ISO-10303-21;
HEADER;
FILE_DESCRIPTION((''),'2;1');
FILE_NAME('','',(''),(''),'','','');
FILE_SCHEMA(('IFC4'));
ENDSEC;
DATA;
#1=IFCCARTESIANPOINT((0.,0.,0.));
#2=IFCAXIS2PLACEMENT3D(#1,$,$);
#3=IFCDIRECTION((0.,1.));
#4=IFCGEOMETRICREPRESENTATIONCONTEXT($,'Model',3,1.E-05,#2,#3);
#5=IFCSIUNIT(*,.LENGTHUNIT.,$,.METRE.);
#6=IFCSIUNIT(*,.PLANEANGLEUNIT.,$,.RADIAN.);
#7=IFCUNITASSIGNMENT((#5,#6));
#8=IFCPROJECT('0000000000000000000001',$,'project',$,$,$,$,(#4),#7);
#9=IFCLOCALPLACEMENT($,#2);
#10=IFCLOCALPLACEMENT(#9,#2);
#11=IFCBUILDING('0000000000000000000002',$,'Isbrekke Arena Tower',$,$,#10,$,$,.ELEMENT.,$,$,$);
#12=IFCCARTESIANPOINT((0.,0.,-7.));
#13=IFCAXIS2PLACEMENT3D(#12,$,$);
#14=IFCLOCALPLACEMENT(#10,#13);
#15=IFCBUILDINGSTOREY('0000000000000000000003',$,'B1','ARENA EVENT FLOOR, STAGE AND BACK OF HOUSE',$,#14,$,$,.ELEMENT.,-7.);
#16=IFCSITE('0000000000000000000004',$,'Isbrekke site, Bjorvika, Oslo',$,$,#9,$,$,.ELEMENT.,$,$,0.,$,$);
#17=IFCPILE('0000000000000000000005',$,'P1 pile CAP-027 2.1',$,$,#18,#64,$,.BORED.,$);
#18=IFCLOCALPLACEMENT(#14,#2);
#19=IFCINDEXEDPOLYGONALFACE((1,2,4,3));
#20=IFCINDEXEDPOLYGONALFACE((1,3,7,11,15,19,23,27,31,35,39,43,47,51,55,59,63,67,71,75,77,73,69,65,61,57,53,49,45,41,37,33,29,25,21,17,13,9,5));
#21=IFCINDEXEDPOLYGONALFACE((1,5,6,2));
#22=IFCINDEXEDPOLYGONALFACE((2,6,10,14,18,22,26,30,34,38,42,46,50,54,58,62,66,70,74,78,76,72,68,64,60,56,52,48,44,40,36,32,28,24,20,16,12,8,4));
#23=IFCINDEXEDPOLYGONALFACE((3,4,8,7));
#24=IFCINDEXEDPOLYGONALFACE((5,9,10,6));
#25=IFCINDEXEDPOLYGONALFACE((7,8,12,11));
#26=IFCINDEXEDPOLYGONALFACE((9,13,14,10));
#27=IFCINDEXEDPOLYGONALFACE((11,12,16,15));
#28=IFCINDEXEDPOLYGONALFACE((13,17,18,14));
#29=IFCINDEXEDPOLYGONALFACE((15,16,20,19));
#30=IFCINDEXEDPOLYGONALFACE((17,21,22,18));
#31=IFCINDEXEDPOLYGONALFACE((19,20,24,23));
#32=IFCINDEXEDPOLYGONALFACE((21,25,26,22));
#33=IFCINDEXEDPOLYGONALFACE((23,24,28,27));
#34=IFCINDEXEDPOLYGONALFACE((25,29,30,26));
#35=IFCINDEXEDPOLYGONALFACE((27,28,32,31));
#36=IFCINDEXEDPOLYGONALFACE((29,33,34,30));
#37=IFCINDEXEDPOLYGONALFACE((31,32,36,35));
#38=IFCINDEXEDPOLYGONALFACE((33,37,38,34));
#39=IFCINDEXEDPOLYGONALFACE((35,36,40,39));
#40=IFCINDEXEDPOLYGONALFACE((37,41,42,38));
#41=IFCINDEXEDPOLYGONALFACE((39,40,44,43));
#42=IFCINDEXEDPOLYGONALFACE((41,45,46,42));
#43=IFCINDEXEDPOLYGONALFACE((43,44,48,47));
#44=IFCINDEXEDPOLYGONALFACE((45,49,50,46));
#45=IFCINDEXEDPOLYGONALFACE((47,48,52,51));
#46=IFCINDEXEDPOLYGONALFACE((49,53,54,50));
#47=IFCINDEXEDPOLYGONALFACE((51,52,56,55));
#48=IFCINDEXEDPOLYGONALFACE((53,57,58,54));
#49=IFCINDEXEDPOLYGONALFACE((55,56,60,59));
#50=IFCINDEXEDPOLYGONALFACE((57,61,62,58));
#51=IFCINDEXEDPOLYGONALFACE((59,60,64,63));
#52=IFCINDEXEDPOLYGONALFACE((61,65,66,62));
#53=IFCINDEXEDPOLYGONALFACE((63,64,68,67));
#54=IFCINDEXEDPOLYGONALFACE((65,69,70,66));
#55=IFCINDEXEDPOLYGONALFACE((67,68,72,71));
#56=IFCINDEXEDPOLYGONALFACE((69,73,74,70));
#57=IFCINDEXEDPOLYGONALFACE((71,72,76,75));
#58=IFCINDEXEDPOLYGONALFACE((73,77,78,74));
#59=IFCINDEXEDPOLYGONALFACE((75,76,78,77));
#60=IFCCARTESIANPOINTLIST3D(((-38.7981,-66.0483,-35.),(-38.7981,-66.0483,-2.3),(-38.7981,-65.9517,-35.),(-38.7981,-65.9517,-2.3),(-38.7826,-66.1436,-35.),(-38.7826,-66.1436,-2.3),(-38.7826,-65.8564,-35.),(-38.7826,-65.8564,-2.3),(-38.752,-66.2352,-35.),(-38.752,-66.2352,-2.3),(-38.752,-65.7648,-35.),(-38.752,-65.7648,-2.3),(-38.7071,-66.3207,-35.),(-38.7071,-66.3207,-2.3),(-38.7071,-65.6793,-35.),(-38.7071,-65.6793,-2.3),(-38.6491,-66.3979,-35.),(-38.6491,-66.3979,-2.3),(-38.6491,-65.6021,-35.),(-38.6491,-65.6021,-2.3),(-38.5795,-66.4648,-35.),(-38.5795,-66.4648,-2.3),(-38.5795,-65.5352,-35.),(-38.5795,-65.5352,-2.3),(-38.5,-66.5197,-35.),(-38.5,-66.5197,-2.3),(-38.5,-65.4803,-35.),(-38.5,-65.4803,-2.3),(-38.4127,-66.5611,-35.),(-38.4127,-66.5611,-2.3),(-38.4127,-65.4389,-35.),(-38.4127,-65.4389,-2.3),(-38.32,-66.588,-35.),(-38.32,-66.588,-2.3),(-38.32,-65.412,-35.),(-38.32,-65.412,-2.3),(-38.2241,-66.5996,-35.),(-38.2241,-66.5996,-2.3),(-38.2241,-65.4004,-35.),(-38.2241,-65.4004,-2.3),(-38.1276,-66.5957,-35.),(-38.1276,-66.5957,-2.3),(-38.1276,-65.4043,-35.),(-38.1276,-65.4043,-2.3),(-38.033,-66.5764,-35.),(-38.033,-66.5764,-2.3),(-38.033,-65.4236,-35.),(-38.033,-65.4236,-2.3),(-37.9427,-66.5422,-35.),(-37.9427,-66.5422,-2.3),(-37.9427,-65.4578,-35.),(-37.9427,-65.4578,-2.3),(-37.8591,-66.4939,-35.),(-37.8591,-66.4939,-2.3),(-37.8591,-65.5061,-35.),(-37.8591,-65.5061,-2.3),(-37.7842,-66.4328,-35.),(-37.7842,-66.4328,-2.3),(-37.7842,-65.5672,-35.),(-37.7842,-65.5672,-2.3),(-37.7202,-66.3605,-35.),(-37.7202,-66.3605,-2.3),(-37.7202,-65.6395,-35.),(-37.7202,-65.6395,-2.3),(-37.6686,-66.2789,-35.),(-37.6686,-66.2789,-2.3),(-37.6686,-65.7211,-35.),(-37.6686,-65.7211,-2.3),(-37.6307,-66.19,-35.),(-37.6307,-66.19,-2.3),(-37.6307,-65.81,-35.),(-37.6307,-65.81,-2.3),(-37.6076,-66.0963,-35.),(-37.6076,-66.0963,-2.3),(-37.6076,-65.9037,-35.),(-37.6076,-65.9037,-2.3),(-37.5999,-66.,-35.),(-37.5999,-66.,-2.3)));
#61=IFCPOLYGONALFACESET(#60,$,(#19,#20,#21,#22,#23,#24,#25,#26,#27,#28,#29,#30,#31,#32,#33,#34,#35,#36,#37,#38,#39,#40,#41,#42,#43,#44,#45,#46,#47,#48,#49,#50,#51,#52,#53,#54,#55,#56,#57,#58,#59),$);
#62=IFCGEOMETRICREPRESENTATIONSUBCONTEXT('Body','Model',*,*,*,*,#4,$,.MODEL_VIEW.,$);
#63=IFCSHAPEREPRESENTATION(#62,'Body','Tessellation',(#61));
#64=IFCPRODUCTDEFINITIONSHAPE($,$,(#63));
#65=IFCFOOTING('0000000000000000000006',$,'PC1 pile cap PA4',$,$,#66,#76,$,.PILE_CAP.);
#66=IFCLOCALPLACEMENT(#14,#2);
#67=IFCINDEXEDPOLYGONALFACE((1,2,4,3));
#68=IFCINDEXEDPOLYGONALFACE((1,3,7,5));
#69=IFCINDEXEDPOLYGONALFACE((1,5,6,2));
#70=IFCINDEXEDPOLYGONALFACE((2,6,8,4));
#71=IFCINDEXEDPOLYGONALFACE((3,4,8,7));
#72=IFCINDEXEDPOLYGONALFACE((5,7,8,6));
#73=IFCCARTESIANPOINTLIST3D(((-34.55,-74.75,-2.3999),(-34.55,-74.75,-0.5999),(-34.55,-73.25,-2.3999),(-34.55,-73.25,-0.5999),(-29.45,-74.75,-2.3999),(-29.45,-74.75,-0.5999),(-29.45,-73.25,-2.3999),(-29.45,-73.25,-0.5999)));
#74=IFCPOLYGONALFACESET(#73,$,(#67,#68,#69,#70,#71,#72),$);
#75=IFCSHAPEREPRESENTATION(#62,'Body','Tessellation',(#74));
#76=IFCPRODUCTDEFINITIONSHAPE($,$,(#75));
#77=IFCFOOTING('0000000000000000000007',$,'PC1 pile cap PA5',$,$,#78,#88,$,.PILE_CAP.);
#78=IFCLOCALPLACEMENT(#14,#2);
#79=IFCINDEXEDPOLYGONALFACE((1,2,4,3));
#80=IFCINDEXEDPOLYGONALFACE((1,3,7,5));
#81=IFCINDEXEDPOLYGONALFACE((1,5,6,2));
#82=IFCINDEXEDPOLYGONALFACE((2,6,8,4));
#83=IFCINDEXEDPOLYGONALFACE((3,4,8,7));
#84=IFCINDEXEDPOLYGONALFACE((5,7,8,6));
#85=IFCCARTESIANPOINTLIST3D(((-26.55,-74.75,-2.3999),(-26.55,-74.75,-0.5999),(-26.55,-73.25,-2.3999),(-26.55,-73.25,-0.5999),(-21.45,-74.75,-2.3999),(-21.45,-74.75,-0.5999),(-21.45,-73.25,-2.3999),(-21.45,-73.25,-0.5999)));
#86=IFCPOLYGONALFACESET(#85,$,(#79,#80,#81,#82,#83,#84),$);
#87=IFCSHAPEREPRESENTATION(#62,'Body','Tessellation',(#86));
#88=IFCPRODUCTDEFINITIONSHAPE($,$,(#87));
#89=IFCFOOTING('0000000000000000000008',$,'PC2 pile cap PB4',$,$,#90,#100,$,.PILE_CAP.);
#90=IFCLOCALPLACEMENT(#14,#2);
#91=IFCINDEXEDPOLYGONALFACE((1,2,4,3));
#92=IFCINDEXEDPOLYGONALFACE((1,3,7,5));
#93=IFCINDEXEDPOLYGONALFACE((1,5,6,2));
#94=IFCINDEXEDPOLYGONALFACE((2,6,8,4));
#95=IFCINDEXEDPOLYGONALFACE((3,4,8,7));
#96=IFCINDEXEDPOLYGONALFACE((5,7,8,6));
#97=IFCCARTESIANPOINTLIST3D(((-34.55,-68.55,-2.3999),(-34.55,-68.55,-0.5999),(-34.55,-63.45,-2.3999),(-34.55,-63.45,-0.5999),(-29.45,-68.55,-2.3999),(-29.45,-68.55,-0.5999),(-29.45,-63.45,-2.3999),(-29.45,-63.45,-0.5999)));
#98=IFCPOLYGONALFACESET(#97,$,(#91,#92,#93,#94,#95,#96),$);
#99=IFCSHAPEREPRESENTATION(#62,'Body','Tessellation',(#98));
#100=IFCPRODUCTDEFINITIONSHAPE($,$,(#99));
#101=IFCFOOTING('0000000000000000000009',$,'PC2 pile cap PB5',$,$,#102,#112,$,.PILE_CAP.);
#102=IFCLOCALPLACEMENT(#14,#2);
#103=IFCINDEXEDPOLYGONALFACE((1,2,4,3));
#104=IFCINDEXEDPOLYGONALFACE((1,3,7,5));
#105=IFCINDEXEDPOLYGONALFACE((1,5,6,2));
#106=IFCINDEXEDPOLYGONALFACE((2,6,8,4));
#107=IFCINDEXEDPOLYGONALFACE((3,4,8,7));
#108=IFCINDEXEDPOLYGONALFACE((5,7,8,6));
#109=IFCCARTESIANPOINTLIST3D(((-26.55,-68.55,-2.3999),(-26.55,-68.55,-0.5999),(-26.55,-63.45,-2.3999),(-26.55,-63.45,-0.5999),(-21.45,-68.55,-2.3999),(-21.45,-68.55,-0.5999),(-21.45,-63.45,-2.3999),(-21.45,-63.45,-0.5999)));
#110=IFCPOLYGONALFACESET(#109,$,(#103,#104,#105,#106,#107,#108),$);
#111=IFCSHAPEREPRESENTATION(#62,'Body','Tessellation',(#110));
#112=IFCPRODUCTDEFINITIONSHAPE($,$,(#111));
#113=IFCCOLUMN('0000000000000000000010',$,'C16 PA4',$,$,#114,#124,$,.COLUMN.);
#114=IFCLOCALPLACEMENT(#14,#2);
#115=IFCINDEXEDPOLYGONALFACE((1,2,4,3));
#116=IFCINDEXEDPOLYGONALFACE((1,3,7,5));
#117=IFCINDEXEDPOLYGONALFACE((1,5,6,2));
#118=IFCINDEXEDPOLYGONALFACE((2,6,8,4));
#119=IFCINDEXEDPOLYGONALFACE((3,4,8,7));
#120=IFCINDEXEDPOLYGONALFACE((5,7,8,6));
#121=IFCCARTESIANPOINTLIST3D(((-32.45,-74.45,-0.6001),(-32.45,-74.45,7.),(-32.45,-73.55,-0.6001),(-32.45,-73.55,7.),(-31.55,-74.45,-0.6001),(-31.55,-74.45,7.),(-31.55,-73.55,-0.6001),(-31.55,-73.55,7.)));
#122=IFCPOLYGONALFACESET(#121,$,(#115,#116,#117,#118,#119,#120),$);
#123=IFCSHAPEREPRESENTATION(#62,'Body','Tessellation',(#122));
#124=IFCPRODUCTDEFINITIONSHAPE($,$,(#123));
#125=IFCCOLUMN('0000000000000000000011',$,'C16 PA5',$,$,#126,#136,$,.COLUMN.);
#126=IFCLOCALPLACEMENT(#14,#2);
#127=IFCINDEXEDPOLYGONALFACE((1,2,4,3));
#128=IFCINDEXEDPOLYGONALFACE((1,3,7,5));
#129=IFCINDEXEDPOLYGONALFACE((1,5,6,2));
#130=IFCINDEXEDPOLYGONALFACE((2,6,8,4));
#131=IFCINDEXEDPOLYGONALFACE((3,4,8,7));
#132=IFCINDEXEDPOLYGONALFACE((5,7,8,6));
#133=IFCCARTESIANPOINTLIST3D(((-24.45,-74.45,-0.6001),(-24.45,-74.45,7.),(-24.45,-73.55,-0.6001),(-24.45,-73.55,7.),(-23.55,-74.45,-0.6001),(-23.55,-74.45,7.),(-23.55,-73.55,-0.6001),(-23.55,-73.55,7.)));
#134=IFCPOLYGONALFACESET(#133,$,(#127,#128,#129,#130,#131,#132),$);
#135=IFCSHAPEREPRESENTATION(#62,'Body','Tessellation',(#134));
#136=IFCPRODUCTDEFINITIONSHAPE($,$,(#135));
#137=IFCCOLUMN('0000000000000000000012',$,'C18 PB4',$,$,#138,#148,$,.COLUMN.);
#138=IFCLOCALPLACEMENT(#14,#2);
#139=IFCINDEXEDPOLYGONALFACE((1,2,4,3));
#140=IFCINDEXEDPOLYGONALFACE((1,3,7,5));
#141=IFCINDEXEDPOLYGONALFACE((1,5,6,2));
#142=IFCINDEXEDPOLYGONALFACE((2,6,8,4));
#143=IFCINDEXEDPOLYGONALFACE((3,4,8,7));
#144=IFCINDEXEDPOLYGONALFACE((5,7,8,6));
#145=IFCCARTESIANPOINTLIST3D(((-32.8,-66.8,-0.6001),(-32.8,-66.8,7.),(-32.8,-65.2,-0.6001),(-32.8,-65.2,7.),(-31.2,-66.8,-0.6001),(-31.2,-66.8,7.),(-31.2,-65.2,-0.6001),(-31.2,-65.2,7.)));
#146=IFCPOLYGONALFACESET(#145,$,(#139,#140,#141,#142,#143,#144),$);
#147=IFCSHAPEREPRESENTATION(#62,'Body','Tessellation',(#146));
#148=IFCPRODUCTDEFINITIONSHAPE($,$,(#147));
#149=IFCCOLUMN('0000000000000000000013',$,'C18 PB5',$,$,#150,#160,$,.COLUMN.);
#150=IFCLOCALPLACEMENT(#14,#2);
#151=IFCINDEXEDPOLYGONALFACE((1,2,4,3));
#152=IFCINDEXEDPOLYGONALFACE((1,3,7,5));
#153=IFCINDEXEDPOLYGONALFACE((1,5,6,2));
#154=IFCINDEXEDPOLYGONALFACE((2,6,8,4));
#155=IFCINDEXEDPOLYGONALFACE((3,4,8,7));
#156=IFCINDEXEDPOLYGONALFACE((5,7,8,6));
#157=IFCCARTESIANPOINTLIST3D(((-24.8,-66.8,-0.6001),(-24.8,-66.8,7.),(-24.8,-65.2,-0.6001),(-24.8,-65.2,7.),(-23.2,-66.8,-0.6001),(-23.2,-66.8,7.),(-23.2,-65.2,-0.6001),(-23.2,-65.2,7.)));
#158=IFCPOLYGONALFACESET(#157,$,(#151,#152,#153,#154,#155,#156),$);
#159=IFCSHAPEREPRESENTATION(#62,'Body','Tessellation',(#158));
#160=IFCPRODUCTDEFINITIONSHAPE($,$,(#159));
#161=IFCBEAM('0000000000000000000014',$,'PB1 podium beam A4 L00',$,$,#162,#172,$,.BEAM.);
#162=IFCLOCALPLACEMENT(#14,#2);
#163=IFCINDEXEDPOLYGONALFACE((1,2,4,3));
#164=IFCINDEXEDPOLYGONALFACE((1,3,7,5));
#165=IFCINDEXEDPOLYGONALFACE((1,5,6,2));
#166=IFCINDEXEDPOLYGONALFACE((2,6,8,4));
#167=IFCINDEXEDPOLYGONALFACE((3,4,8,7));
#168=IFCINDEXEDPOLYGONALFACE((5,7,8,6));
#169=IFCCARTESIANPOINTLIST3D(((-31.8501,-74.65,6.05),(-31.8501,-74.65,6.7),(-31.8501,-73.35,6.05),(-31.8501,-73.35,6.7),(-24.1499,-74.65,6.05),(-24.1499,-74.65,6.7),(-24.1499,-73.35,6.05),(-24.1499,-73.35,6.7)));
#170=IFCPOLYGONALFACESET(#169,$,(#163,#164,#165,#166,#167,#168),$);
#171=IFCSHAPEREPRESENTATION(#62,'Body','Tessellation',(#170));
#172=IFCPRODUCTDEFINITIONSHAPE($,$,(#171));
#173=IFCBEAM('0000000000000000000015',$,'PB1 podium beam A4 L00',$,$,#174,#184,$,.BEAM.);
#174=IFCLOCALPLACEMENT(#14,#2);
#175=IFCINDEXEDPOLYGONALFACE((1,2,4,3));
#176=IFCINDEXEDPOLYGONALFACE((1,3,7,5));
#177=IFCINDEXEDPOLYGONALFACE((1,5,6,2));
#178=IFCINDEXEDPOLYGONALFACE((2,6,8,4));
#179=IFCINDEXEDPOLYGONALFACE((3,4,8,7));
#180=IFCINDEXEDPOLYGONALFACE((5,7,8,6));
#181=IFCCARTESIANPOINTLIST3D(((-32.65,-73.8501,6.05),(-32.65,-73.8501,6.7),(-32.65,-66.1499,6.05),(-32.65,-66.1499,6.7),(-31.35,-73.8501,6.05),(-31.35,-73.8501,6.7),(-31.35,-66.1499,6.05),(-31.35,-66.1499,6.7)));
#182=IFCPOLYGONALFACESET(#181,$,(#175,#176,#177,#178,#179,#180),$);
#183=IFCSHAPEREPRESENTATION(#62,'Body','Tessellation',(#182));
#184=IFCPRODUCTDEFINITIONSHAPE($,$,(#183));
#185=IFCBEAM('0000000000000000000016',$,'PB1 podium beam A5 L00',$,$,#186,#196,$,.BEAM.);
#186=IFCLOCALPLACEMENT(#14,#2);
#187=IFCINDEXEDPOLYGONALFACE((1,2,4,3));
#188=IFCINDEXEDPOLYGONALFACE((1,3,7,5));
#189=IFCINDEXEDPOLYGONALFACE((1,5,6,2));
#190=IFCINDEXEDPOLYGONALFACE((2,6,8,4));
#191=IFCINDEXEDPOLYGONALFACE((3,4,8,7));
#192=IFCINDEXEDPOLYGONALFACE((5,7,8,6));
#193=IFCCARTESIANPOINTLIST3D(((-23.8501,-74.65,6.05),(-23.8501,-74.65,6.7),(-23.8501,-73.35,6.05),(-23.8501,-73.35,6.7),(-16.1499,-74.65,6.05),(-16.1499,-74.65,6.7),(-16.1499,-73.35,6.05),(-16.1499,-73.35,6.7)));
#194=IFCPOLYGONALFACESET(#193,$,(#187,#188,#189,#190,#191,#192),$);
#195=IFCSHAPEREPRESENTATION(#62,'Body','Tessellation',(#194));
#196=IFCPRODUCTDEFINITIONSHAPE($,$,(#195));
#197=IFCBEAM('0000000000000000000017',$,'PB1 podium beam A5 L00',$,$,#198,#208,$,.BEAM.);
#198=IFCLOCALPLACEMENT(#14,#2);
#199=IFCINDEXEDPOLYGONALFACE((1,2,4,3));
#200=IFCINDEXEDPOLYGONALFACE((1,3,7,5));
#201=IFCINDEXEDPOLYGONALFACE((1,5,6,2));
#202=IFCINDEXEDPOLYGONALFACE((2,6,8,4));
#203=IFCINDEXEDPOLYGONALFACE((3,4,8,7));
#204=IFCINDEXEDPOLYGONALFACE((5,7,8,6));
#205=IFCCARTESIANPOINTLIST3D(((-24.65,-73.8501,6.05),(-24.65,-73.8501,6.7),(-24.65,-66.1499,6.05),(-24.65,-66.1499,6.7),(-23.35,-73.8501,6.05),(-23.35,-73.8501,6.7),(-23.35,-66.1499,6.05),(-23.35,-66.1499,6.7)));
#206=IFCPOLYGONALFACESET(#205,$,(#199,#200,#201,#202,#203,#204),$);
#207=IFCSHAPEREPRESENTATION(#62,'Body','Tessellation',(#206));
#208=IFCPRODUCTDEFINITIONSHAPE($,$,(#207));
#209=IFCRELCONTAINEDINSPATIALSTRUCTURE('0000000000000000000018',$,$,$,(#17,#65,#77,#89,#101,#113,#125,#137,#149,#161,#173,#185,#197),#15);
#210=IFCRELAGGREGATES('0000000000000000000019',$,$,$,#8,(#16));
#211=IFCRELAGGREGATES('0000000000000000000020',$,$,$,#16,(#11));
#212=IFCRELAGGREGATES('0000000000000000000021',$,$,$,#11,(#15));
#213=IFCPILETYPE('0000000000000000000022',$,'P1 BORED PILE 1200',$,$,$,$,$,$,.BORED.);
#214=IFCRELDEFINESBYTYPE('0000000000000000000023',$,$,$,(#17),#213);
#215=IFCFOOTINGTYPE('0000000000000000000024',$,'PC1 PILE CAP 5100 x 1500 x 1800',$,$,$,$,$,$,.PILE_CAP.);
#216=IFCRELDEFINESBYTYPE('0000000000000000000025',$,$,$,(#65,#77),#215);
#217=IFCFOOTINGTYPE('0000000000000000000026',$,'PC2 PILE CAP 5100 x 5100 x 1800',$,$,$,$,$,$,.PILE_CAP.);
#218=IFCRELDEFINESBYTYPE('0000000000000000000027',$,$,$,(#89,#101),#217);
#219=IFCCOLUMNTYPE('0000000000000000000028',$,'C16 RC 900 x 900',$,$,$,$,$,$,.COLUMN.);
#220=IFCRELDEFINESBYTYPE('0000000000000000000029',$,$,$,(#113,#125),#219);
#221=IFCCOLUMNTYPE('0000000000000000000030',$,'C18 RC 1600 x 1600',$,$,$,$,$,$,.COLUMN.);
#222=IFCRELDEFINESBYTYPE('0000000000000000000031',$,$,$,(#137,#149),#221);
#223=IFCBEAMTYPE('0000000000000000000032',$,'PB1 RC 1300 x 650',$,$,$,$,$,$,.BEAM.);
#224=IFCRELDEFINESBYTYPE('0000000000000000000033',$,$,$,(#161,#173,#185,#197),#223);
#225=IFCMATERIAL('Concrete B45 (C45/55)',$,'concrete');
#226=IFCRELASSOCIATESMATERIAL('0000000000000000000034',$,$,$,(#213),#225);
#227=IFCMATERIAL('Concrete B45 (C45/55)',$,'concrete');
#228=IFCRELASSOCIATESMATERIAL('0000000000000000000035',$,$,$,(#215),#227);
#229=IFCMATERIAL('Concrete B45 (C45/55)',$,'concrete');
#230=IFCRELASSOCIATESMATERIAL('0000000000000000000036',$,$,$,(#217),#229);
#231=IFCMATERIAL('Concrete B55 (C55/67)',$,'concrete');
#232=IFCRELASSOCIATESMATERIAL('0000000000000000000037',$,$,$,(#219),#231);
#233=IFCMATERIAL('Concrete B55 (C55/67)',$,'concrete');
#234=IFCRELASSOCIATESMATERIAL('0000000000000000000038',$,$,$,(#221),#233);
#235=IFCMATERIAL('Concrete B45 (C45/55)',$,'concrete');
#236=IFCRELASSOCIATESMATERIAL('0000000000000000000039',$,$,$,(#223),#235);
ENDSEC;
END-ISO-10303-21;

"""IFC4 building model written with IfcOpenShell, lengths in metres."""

from ifc_helpers import new_model, si_unit, direction, frame, origin, origin_2d, place, context, subcontext, project, spatial, rectangle, circle, extrude, material, material_profile, profile_set, type_object, element, save


model = new_model("IFC4")

# Units and contexts
model_context = context("Model", 3, precision=1e-05, world=origin(), true_north=direction((0.0, 1.0)))
body_context = subcontext(model_context, "Body", "Model", "MODEL_VIEW")
ifc_project = project(units=[si_unit("LENGTHUNIT", "METRE"), si_unit("PLANEANGLEUNIT", "RADIAN")], contexts=[model_context])

# Site, building, storey
site_placement = place(None, origin())
site = spatial("IfcSite", under=ifc_project, at=site_placement, Name="Isbrekke site, Bjorvika, Oslo", CompositionType="ELEMENT", RefElevation=0.0)
building_placement = place(site_placement, origin())
building = spatial("IfcBuilding", under=site, at=building_placement, Name="Isbrekke Arena Tower", CompositionType="ELEMENT")
storey_placement = place(building_placement, frame((0.0, 0.0, -7.0)))
storey = spatial("IfcBuildingStorey", under=building, at=storey_placement, Name="B1", Description="ARENA EVENT FLOOR, STAGE AND BACK OF HOUSE", CompositionType="ELEMENT", Elevation=-7.0)

# Pile
ifc_material_1 = material(Name="Concrete B45 (C45/55)", Category="concrete")
ifc_material_profile_1 = material_profile(ifc_material_1, circle(Radius=0.6001, at=origin_2d()), Name="BORED PILE D1200")
ifc_profile_set_1 = profile_set([ifc_material_profile_1], Name="Concrete B45 (C45/55)")
pile_type = type_object("IfcPileType", Name="P1 BORED PILE 1200", PredefinedType="BORED", material=ifc_profile_set_1)
for number, where, z_axis, x_axis, name in (
    (1, (-38.2, -66.0, -2.3), (0.0, 0.0, -1.0), (1.0, 0.0, 0.0), "P1 pile CAP-027 2.1"),
):
    element("IfcPile", number, at=place(storey_placement, frame(where, z_axis=z_axis, x_axis=x_axis)), inside=storey, type_object=pile_type, Name=name, PredefinedType="BORED", context=body_context, shape_type="SweptSolid", body=[
        extrude(circle(Radius=0.6001, at=origin_2d()), origin(), (0.0, 0.0, 1.0), 32.7),
    ])

# Footings
ifc_material_2 = material(Name="Concrete B45 (C45/55)", Category="concrete")
footing_type_1 = type_object("IfcFootingType", Name="PC1 PILE CAP 5100 x 1500 x 1800", PredefinedType="PILE_CAP", material=ifc_material_2)
for number, where, z_axis, x_axis, name in (
    (2, (-32.0, -74.0, -2.3999), (0.0, 0.0, 1.0), (1.0, 0.0, 0.0), "PC1 pile cap PA4"),
    (3, (-24.0, -74.0, -2.3999), (0.0, 0.0, 1.0), (1.0, 0.0, 0.0), "PC1 pile cap PA5"),
):
    element("IfcFooting", number, at=place(storey_placement, frame(where, z_axis=z_axis, x_axis=x_axis)), inside=storey, type_object=footing_type_1, Name=name, PredefinedType="PILE_CAP", context=body_context, shape_type="SweptSolid", body=[
        extrude(rectangle(XDim=5.1001, YDim=1.5, at=origin_2d()), origin(), (0.0, 0.0, 1.0), 1.8),
    ])
ifc_material_3 = material(Name="Concrete B45 (C45/55)", Category="concrete")
footing_type_2 = type_object("IfcFootingType", Name="PC2 PILE CAP 5100 x 5100 x 1800", PredefinedType="PILE_CAP", material=ifc_material_3)
for number, where, z_axis, x_axis, name in (
    (4, (-32.0, -66.0, -2.3999), (0.0, 0.0, 1.0), (1.0, 0.0, 0.0), "PC2 pile cap PB4"),
    (5, (-24.0, -66.0, -2.3999), (0.0, 0.0, 1.0), (1.0, 0.0, 0.0), "PC2 pile cap PB5"),
):
    element("IfcFooting", number, at=place(storey_placement, frame(where, z_axis=z_axis, x_axis=x_axis)), inside=storey, type_object=footing_type_2, Name=name, PredefinedType="PILE_CAP", context=body_context, shape_type="SweptSolid", body=[
        extrude(rectangle(XDim=5.1001, YDim=5.1001, at=origin_2d()), origin(), (0.0, 0.0, 1.0), 1.8),
    ])

# Columns
ifc_material_4 = material(Name="Concrete B55 (C55/67)", Category="concrete")
ifc_material_profile_2 = material_profile(ifc_material_4, rectangle(XDim=0.8999, YDim=0.8999, at=origin_2d()), Name="RC 900x900")
ifc_profile_set_2 = profile_set([ifc_material_profile_2], Name="Concrete B55 (C55/67)")
column_type_1 = type_object("IfcColumnType", Name="C16 RC 900 x 900", PredefinedType="COLUMN", material=ifc_profile_set_2)
for number, where, z_axis, x_axis, name in (
    (6, (-32.0, -74.0, -0.6001), (0.0, 0.0, 1.0), (1.0, 0.0, 0.0), "C16 PA4"),
    (7, (-24.0, -74.0, -0.6001), (0.0, 0.0, 1.0), (1.0, 0.0, 0.0), "C16 PA5"),
):
    element("IfcColumn", number, at=place(storey_placement, frame(where, z_axis=z_axis, x_axis=x_axis)), inside=storey, type_object=column_type_1, Name=name, PredefinedType="COLUMN", context=body_context, shape_type="SweptSolid", body=[
        extrude(rectangle(XDim=0.8999, YDim=0.8999, at=origin_2d()), origin(), (0.0, 0.0, 1.0), 7.6001),
    ])
ifc_material_5 = material(Name="Concrete B55 (C55/67)", Category="concrete")
ifc_material_profile_3 = material_profile(ifc_material_5, rectangle(XDim=1.6001, YDim=1.6001, at=origin_2d()), Name="RC 1600x1600")
ifc_profile_set_3 = profile_set([ifc_material_profile_3], Name="Concrete B55 (C55/67)")
column_type_2 = type_object("IfcColumnType", Name="C18 RC 1600 x 1600", PredefinedType="COLUMN", material=ifc_profile_set_3)
for number, where, z_axis, x_axis, name in (
    (8, (-32.0, -66.0, -0.6001), (0.0, 0.0, 1.0), (1.0, 0.0, 0.0), "C18 PB4"),
    (9, (-24.0, -66.0, -0.6001), (0.0, 0.0, 1.0), (1.0, 0.0, 0.0), "C18 PB5"),
):
    element("IfcColumn", number, at=place(storey_placement, frame(where, z_axis=z_axis, x_axis=x_axis)), inside=storey, type_object=column_type_2, Name=name, PredefinedType="COLUMN", context=body_context, shape_type="SweptSolid", body=[
        extrude(rectangle(XDim=1.6001, YDim=1.6001, at=origin_2d()), origin(), (0.0, 0.0, 1.0), 7.6001),
    ])

# Beams
ifc_material_6 = material(Name="Concrete B45 (C45/55)", Category="concrete")
ifc_material_profile_4 = material_profile(ifc_material_6, rectangle(XDim=1.3, YDim=0.6499, at=origin_2d()), Name="RC 1300x650")
ifc_profile_set_4 = profile_set([ifc_material_profile_4], Name="Concrete B45 (C45/55)")
beam_type_1 = type_object("IfcBeamType", Name="PB1 RC 1300 x 650", PredefinedType="BEAM", material=ifc_profile_set_4)
for number, where, z_axis, x_axis, name in (
    (10, (-31.8501, -74.0, 6.375), (1.0, 0.0, 0.0), (0.0, 1.0, 0.0), "PB1 podium beam A4 L00"),
    (11, (-32.0, -73.8501, 6.375), (0.0, 1.0, 0.0), (-1.0, 0.0, 0.0), "PB1 podium beam A4 L00"),
    (12, (-23.8501, -74.0, 6.375), (1.0, 0.0, 0.0), (0.0, 1.0, 0.0), "PB1 podium beam A5 L00"),
    (13, (-24.0, -73.8501, 6.375), (0.0, 1.0, 0.0), (-1.0, 0.0, 0.0), "PB1 podium beam A5 L00"),
):
    element("IfcBeam", number, at=place(storey_placement, frame(where, z_axis=z_axis, x_axis=x_axis)), inside=storey, type_object=beam_type_1, Name=name, PredefinedType="BEAM", context=body_context, shape_type="SweptSolid", body=[
        extrude(rectangle(XDim=1.3, YDim=0.6499, at=origin_2d()), origin(), (0.0, 0.0, 1.0), 7.7002),
    ])

save(model, "model.ifc")
